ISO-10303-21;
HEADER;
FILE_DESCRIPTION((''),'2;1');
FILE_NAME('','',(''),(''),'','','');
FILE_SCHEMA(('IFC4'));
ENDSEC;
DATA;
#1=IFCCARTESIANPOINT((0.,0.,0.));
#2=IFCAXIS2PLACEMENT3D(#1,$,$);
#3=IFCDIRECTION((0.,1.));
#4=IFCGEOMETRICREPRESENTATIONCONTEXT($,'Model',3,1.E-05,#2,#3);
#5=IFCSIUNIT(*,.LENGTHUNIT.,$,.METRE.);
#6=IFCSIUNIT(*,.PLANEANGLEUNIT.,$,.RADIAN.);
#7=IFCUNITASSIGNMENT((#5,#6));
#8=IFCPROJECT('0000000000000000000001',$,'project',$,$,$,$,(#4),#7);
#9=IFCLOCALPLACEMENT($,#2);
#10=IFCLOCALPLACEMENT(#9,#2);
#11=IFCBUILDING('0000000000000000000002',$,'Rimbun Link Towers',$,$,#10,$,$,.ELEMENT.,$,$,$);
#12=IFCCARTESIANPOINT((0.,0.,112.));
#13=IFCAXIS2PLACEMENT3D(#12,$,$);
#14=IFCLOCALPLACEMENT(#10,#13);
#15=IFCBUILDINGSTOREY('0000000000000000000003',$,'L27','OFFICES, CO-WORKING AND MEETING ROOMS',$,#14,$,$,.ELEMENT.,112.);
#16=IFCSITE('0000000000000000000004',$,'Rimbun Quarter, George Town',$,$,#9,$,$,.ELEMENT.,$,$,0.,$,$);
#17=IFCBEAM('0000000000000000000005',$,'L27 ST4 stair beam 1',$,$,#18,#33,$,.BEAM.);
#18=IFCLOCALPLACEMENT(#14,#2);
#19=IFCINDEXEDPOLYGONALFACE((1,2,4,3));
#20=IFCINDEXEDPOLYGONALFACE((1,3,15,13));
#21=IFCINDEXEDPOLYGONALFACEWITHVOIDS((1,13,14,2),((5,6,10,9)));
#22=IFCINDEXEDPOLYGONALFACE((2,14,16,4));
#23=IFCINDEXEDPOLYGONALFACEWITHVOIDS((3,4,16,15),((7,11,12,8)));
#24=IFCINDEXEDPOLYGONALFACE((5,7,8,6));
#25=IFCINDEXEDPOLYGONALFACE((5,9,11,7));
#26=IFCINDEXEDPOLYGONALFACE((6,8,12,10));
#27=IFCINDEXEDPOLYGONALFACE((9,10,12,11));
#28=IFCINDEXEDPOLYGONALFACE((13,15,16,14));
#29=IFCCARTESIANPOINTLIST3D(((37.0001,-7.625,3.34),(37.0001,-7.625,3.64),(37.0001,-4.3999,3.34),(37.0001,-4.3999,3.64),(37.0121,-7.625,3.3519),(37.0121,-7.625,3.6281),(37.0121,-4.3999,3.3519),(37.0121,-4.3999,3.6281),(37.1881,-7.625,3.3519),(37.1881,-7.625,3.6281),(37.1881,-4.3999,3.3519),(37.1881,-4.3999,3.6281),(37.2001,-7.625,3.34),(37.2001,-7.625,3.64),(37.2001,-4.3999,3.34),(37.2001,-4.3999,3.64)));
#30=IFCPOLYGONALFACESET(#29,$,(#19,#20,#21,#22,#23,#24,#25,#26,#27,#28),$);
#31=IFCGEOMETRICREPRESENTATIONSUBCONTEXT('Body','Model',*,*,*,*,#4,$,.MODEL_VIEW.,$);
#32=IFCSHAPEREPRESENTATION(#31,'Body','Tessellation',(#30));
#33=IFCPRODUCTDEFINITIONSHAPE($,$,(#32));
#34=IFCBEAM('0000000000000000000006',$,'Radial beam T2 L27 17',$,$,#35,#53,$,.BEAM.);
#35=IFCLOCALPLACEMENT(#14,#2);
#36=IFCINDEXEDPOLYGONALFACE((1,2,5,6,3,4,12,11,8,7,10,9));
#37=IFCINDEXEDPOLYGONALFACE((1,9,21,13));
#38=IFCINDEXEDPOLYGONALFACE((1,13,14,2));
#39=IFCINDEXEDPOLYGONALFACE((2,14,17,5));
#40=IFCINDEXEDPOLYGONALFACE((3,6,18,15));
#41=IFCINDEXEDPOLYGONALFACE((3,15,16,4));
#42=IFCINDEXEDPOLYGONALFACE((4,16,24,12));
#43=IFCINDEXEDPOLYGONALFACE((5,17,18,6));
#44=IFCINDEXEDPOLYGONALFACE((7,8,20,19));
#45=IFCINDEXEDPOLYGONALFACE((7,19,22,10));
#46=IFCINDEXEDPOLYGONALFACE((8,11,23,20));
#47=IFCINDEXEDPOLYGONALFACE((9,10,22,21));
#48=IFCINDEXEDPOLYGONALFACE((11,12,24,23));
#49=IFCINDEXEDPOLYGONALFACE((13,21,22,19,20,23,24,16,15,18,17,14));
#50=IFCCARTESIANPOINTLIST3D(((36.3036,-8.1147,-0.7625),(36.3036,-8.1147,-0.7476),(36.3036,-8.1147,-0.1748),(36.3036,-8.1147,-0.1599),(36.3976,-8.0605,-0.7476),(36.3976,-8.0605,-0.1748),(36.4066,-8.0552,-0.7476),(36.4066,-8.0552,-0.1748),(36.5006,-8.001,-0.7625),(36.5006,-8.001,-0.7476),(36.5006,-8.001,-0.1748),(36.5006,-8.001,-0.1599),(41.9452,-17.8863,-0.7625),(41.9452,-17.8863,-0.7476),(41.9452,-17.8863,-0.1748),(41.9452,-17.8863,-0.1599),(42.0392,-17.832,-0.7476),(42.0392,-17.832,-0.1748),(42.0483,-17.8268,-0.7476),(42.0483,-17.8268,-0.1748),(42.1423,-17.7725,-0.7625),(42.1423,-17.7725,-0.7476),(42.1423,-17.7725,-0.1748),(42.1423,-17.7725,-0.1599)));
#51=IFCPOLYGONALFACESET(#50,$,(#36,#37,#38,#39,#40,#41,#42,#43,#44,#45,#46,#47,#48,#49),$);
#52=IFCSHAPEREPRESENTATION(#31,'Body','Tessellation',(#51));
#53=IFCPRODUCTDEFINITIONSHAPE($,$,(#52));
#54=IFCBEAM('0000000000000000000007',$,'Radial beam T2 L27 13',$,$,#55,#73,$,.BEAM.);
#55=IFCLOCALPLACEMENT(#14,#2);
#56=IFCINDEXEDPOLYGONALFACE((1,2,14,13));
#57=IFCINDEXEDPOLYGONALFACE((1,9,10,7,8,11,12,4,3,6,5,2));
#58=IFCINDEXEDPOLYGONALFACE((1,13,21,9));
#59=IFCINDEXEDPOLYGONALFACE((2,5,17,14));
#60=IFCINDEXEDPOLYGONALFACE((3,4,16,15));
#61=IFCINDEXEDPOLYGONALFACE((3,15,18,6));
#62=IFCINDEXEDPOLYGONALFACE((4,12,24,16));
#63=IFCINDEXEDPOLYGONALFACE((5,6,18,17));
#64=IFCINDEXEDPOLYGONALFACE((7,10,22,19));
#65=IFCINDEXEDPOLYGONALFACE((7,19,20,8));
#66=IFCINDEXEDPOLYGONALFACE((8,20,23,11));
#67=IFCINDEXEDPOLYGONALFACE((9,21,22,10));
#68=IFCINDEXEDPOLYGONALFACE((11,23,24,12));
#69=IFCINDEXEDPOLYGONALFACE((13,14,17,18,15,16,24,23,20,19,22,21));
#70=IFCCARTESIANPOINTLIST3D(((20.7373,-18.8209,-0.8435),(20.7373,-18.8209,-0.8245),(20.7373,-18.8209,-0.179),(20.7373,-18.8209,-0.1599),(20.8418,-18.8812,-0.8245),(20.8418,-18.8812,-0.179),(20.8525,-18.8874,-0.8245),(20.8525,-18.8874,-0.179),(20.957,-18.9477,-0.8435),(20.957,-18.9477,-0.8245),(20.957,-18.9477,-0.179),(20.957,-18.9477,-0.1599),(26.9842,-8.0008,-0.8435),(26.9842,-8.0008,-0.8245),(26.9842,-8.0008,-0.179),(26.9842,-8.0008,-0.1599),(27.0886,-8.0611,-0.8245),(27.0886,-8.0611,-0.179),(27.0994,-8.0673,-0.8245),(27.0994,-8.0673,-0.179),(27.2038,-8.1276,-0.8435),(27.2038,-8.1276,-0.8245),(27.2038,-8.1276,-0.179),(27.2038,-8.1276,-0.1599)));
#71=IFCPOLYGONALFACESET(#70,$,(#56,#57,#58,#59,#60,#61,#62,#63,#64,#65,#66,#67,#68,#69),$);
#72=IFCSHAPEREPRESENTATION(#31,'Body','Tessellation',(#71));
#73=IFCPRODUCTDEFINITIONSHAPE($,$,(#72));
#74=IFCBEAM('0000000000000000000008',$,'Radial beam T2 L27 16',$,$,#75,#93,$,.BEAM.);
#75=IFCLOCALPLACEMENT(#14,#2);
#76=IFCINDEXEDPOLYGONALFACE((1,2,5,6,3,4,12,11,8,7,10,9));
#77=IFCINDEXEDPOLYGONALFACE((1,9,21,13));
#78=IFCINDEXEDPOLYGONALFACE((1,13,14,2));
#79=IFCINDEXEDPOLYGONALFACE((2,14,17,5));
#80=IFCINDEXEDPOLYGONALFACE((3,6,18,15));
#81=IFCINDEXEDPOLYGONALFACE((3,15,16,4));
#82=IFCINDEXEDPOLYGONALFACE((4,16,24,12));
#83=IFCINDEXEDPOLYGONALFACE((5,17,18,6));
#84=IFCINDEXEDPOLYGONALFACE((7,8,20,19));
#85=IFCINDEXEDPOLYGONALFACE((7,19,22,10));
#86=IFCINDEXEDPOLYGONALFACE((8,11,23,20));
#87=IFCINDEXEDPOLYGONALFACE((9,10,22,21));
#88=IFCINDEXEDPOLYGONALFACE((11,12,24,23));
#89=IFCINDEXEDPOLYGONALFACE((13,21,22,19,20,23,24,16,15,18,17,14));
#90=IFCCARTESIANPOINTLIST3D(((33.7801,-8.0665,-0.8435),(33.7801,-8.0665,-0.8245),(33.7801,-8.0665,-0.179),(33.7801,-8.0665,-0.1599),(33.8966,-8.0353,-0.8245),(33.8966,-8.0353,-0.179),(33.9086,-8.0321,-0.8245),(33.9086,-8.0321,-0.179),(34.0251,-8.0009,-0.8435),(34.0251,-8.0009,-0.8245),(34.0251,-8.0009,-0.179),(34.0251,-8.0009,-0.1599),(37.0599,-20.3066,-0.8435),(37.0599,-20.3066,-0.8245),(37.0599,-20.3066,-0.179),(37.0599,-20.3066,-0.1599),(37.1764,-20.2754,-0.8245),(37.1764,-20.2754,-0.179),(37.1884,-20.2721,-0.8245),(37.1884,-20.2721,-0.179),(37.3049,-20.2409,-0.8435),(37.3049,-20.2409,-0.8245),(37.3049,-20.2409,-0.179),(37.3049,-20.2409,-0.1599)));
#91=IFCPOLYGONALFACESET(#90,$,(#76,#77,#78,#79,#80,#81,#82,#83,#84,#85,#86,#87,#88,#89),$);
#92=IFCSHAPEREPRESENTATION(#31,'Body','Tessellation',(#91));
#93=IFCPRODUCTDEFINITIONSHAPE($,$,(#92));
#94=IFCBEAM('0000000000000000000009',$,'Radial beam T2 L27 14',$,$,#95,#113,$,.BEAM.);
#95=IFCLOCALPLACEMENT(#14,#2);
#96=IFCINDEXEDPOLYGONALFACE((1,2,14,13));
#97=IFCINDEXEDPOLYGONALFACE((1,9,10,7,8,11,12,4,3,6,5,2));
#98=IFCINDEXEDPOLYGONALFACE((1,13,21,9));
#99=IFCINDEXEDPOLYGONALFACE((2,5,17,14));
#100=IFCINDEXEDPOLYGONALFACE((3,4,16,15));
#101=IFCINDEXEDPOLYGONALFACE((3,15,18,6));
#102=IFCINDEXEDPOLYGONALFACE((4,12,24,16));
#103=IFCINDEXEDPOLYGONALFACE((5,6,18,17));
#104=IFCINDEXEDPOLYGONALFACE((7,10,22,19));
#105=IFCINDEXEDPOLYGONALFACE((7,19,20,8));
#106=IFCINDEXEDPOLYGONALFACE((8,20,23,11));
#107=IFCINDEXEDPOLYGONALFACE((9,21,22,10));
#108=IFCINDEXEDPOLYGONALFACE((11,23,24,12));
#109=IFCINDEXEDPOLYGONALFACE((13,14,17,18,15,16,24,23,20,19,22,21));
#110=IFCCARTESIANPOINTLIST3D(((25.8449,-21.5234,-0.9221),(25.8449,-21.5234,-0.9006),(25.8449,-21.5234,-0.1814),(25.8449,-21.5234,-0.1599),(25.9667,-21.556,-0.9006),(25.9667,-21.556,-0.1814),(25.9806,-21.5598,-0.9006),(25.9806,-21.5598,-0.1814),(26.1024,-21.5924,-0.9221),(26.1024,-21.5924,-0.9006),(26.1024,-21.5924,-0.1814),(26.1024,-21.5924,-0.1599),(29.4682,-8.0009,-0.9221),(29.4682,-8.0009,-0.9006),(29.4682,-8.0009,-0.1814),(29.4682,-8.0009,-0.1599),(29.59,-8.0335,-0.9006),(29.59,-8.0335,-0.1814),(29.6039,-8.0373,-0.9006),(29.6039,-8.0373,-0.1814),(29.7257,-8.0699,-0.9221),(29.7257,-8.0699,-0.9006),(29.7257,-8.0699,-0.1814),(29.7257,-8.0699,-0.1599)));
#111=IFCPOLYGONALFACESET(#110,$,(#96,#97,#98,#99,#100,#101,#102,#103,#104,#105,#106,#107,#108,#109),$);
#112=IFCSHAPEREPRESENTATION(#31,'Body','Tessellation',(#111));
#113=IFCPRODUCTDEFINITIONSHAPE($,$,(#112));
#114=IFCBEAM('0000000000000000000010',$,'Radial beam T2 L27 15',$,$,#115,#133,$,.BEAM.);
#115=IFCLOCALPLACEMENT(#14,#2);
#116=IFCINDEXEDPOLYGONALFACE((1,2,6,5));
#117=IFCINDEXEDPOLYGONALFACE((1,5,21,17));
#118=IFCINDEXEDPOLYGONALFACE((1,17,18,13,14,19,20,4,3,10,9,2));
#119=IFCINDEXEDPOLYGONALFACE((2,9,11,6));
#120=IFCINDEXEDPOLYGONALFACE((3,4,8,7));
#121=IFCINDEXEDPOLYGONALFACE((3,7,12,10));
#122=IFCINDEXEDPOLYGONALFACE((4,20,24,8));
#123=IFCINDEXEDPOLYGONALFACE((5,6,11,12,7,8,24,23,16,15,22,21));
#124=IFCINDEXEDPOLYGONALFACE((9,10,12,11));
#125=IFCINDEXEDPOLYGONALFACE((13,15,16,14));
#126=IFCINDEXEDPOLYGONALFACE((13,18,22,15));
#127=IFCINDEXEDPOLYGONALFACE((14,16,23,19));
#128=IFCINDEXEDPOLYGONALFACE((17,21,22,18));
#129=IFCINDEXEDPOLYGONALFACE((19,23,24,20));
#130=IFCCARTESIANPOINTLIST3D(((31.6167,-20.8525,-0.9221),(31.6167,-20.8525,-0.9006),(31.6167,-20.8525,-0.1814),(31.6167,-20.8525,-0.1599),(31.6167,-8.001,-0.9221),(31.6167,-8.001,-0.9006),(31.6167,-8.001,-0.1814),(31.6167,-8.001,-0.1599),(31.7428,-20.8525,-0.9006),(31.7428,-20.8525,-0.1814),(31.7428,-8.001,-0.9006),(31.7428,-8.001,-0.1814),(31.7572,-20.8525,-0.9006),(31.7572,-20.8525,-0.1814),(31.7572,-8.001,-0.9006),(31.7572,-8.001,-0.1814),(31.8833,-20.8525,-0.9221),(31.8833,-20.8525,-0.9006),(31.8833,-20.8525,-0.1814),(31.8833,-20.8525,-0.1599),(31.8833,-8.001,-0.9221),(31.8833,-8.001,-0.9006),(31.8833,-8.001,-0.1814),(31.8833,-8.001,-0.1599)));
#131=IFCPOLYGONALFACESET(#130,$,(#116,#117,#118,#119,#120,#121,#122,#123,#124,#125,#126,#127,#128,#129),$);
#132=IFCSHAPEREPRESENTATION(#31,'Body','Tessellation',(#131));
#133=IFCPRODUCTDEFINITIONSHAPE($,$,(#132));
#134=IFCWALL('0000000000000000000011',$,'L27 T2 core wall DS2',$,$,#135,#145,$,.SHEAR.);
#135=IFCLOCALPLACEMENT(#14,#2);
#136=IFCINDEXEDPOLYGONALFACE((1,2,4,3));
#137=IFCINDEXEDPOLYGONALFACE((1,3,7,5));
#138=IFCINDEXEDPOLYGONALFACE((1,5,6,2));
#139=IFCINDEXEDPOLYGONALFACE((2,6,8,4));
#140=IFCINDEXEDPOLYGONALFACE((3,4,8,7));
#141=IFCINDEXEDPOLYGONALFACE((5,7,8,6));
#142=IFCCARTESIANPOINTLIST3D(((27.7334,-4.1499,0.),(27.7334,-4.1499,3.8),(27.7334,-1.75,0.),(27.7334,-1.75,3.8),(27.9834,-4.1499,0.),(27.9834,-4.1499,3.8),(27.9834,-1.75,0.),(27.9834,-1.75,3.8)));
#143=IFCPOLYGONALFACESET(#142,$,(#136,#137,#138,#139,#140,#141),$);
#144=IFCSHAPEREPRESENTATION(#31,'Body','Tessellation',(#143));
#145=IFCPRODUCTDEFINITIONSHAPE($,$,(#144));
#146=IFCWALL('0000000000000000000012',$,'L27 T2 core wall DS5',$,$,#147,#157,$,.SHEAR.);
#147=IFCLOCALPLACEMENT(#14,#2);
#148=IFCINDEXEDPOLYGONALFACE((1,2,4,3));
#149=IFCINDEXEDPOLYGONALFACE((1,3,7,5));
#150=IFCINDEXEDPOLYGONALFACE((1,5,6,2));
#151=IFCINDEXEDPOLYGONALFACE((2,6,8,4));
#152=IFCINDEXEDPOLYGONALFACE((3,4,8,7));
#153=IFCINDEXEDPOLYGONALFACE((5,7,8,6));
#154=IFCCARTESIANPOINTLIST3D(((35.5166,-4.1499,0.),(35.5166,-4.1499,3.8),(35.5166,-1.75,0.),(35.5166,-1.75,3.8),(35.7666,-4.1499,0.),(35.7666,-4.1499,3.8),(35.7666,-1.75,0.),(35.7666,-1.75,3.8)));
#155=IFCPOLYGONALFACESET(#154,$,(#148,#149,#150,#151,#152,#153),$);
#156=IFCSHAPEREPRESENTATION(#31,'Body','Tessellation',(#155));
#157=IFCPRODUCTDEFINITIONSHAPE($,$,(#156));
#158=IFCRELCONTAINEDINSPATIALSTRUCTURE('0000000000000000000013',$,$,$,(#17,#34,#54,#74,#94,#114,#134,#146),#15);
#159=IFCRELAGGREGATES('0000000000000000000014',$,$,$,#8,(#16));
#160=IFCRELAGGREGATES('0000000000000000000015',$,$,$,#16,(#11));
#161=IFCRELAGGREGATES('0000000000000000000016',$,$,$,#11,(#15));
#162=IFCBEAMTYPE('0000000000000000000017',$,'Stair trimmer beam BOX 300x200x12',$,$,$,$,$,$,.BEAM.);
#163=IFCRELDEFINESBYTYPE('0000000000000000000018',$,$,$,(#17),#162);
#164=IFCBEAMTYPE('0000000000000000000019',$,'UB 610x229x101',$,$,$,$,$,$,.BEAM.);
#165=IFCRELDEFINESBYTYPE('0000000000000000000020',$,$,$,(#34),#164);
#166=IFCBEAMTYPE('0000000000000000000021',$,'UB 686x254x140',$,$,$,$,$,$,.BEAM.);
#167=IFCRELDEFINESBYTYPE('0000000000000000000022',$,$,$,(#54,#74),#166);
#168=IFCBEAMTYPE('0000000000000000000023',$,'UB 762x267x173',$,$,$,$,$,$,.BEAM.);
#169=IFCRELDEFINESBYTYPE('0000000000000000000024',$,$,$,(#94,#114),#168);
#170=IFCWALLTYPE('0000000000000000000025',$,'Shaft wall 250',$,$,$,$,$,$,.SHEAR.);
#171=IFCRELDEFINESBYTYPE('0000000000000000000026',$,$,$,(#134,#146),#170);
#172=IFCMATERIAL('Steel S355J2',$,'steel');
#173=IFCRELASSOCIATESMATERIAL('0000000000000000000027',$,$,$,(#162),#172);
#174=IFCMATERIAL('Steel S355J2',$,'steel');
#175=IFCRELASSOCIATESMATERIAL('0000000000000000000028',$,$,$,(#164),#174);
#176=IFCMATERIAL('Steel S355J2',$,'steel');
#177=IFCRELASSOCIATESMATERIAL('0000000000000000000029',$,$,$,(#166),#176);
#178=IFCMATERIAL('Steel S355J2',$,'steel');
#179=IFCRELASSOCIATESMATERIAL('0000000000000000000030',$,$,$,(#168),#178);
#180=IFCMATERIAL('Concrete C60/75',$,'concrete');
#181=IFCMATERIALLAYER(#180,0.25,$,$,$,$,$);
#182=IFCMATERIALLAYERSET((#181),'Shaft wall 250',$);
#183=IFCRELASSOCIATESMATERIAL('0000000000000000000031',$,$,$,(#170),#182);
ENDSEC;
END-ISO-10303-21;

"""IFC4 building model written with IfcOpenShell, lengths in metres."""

from ifc_helpers import new_model, si_unit, direction, frame, frame_2d, origin, origin_2d, place, context, subcontext, project, spatial, rectangle, hollow_rectangle, i_section, extrude, material, layer, layer_set, material_profile, profile_set, type_object, element, save


model = new_model("IFC4")

# Units and contexts
model_context = context("Model", 3, precision=1e-05, world=origin(), true_north=direction((0.0, 1.0)))
body_context = subcontext(model_context, "Body", "Model", "MODEL_VIEW")
ifc_project = project(units=[si_unit("LENGTHUNIT", "METRE"), si_unit("PLANEANGLEUNIT", "RADIAN")], contexts=[model_context])

# Site, building, storey
site_placement = place(None, origin())
site = spatial("IfcSite", under=ifc_project, at=site_placement, Name="Rimbun Quarter, George Town", CompositionType="ELEMENT", RefElevation=0.0)
building_placement = place(site_placement, origin())
building = spatial("IfcBuilding", under=site, at=building_placement, Name="Rimbun Link Towers", CompositionType="ELEMENT")
storey_placement = place(building_placement, frame((0.0, 0.0, 112.0)))
storey = spatial("IfcBuildingStorey", under=building, at=storey_placement, Name="L27", Description="OFFICES, CO-WORKING AND MEETING ROOMS", CompositionType="ELEMENT", Elevation=112.0)

# Beams
ifc_material_1 = material(Name="Steel S355J2", Category="steel")
ifc_material_profile_1 = material_profile(ifc_material_1, hollow_rectangle(XDim=0.2, YDim=0.3, WallThickness=0.012, at=origin_2d()), Name="BOX 300x200x12")
ifc_profile_set_1 = profile_set([ifc_material_profile_1], Name="Steel S355J2")
beam_type_1 = type_object("IfcBeamType", Name="Stair trimmer beam BOX 300x200x12", PredefinedType="BEAM", material=ifc_profile_set_1)
beam_1_placement = place(storey_placement, frame((37.1001, -7.625, 3.49), z_axis=(0.0, 1.0, 0.0), x_axis=(-1.0, 0.0, 0.0)))
element("IfcBeam", 1, at=beam_1_placement, inside=storey, type_object=beam_type_1, Name="L27 ST4 stair beam 1", PredefinedType="BEAM", context=body_context, shape_type="SweptSolid", body=[
    extrude(hollow_rectangle(XDim=0.2, YDim=0.3, WallThickness=0.012, at=origin_2d()), origin(), (0.0, 0.0, 1.0), 3.2251),
])
ifc_material_2 = material(Name="Steel S355J2", Category="steel")
ifc_material_profile_2 = material_profile(ifc_material_2, i_section(OverallWidth=0.2275, OverallDepth=0.6025, WebThickness=0.0105, FlangeThickness=0.0149, at=origin_2d()), Name="UB 610x229x101")
ifc_profile_set_2 = profile_set([ifc_material_profile_2], Name="Steel S355J2")
beam_type_2 = type_object("IfcBeamType", Name="UB 610x229x101", PredefinedType="BEAM", material=ifc_profile_set_2)
beam_2_placement = place(storey_placement, frame((36.4021, -8.0579, -0.4612), z_axis=(0.500002, -0.866024, 0.0), x_axis=(0.866024, 0.500002, 0.0)))
element("IfcBeam", 2, at=beam_2_placement, inside=storey, type_object=beam_type_2, Name="Radial beam T2 L27 17", PredefinedType="BEAM", context=body_context, shape_type="SweptSolid", body=[
    extrude(i_section(OverallWidth=0.2275, OverallDepth=0.6025, WebThickness=0.0105, FlangeThickness=0.0149, at=origin_2d()), origin(), (0.0, 0.0, 1.0), 11.2832),
])
ifc_material_3 = material(Name="Steel S355J2", Category="steel")
ifc_material_profile_3 = material_profile(ifc_material_3, i_section(OverallWidth=0.2537, OverallDepth=0.6836, WebThickness=0.0125, FlangeThickness=0.019, at=origin_2d()), Name="UB 686x254x140")
ifc_profile_set_3 = profile_set([ifc_material_profile_3], Name="Steel S355J2")
beam_type_3 = type_object("IfcBeamType", Name="UB 686x254x140", PredefinedType="BEAM", material=ifc_profile_set_3)
beam_3_placement = place(storey_placement, frame((27.094, -8.0642, -0.5017), z_axis=(-0.499991, -0.86603, 0.0), x_axis=(0.86603, -0.499991, 0.0)))
element("IfcBeam", 3, at=beam_3_placement, inside=storey, type_object=beam_type_3, Name="Radial beam T2 L27 13", PredefinedType="BEAM", context=body_context, shape_type="SweptSolid", body=[
    extrude(i_section(OverallWidth=0.2537, OverallDepth=0.6836, WebThickness=0.0125, FlangeThickness=0.019, at=origin_2d()), origin(), (0.0, 0.0, 1.0), 12.4939),
])
beam_4_placement = place(storey_placement, frame((33.9026, -8.0337, -0.5017), z_axis=(0.258826, -0.965924, 0.0), x_axis=(0.965924, 0.258826, 0.0)))
element("IfcBeam", 4, at=beam_4_placement, inside=storey, type_object=beam_type_3, Name="Radial beam T2 L27 16", PredefinedType="BEAM", context=body_context, shape_type="SweptSolid", body=[
    extrude(i_section(OverallWidth=0.2537, OverallDepth=0.6836, WebThickness=0.0125, FlangeThickness=0.019, at=origin_2d()), origin(), (0.0, 0.0, 1.0), 12.6719),
])
ifc_material_4 = material(Name="Steel S355J2", Category="steel")
ifc_material_profile_4 = material_profile(ifc_material_4, i_section(OverallWidth=0.2666, OverallDepth=0.7622, WebThickness=0.0144, FlangeThickness=0.0215, at=origin_2d()), Name="UB 762x267x173")
ifc_profile_set_4 = profile_set([ifc_material_profile_4], Name="Steel S355J2")
beam_type_4 = type_object("IfcBeamType", Name="UB 762x267x173", PredefinedType="BEAM", material=ifc_profile_set_4)
beam_5_placement = place(storey_placement, frame((29.5969, -8.0354, -0.541), z_axis=(-0.258816, -0.965927, 0.0), x_axis=(0.965927, -0.258816, 0.0)))
element("IfcBeam", 5, at=beam_5_placement, inside=storey, type_object=beam_type_4, Name="Radial beam T2 L27 14", PredefinedType="BEAM", context=body_context, shape_type="SweptSolid", body=[
    extrude(i_section(OverallWidth=0.2666, OverallDepth=0.7622, WebThickness=0.0144, FlangeThickness=0.0215, at=origin_2d()), origin(), (0.0, 0.0, 1.0), 13.9995),
])
beam_6_placement = place(storey_placement, frame((31.75, -8.001, -0.541), z_axis=(0.0, -1.0, 0.0), x_axis=(1.0, 0.0, 0.0)))
element("IfcBeam", 6, at=beam_6_placement, inside=storey, type_object=beam_type_4, Name="Radial beam T2 L27 15", PredefinedType="BEAM", context=body_context, shape_type="SweptSolid", body=[
    extrude(i_section(OverallWidth=0.2666, OverallDepth=0.7622, WebThickness=0.0144, FlangeThickness=0.0215, at=origin_2d()), origin(), (0.0, 0.0, 1.0), 12.8516),
])

# Walls
ifc_material_5 = material(Name="Concrete C60/75", Category="concrete")
ifc_layer = layer(ifc_material_5, 0.25)
ifc_layer_set = layer_set([ifc_layer], Name="Shaft wall 250")
wall_type = type_object("IfcWallType", Name="Shaft wall 250", PredefinedType="SHEAR", material=ifc_layer_set)
for number, where, z_axis, x_axis, name in (
    (7, (27.8584, -4.1499, 0.0), (0.0, 0.0, 1.0), (0.0, 1.0, 0.0), "L27 T2 core wall DS2"),
    (8, (35.6416, -4.1499, 0.0), (0.0, 0.0, 1.0), (0.0, 1.0, 0.0), "L27 T2 core wall DS5"),
):
    element("IfcWall", number, at=place(storey_placement, frame(where, z_axis=z_axis, x_axis=x_axis)), inside=storey, type_object=wall_type, Name=name, PredefinedType="SHEAR", context=body_context, shape_type="SweptSolid", body=[
        extrude(rectangle(XDim=2.3999, YDim=0.25, at=frame_2d((1.2, 0.0))), origin(), (0.0, 0.0, 1.0), 3.8),
    ])

save(model, "model.ifc")
